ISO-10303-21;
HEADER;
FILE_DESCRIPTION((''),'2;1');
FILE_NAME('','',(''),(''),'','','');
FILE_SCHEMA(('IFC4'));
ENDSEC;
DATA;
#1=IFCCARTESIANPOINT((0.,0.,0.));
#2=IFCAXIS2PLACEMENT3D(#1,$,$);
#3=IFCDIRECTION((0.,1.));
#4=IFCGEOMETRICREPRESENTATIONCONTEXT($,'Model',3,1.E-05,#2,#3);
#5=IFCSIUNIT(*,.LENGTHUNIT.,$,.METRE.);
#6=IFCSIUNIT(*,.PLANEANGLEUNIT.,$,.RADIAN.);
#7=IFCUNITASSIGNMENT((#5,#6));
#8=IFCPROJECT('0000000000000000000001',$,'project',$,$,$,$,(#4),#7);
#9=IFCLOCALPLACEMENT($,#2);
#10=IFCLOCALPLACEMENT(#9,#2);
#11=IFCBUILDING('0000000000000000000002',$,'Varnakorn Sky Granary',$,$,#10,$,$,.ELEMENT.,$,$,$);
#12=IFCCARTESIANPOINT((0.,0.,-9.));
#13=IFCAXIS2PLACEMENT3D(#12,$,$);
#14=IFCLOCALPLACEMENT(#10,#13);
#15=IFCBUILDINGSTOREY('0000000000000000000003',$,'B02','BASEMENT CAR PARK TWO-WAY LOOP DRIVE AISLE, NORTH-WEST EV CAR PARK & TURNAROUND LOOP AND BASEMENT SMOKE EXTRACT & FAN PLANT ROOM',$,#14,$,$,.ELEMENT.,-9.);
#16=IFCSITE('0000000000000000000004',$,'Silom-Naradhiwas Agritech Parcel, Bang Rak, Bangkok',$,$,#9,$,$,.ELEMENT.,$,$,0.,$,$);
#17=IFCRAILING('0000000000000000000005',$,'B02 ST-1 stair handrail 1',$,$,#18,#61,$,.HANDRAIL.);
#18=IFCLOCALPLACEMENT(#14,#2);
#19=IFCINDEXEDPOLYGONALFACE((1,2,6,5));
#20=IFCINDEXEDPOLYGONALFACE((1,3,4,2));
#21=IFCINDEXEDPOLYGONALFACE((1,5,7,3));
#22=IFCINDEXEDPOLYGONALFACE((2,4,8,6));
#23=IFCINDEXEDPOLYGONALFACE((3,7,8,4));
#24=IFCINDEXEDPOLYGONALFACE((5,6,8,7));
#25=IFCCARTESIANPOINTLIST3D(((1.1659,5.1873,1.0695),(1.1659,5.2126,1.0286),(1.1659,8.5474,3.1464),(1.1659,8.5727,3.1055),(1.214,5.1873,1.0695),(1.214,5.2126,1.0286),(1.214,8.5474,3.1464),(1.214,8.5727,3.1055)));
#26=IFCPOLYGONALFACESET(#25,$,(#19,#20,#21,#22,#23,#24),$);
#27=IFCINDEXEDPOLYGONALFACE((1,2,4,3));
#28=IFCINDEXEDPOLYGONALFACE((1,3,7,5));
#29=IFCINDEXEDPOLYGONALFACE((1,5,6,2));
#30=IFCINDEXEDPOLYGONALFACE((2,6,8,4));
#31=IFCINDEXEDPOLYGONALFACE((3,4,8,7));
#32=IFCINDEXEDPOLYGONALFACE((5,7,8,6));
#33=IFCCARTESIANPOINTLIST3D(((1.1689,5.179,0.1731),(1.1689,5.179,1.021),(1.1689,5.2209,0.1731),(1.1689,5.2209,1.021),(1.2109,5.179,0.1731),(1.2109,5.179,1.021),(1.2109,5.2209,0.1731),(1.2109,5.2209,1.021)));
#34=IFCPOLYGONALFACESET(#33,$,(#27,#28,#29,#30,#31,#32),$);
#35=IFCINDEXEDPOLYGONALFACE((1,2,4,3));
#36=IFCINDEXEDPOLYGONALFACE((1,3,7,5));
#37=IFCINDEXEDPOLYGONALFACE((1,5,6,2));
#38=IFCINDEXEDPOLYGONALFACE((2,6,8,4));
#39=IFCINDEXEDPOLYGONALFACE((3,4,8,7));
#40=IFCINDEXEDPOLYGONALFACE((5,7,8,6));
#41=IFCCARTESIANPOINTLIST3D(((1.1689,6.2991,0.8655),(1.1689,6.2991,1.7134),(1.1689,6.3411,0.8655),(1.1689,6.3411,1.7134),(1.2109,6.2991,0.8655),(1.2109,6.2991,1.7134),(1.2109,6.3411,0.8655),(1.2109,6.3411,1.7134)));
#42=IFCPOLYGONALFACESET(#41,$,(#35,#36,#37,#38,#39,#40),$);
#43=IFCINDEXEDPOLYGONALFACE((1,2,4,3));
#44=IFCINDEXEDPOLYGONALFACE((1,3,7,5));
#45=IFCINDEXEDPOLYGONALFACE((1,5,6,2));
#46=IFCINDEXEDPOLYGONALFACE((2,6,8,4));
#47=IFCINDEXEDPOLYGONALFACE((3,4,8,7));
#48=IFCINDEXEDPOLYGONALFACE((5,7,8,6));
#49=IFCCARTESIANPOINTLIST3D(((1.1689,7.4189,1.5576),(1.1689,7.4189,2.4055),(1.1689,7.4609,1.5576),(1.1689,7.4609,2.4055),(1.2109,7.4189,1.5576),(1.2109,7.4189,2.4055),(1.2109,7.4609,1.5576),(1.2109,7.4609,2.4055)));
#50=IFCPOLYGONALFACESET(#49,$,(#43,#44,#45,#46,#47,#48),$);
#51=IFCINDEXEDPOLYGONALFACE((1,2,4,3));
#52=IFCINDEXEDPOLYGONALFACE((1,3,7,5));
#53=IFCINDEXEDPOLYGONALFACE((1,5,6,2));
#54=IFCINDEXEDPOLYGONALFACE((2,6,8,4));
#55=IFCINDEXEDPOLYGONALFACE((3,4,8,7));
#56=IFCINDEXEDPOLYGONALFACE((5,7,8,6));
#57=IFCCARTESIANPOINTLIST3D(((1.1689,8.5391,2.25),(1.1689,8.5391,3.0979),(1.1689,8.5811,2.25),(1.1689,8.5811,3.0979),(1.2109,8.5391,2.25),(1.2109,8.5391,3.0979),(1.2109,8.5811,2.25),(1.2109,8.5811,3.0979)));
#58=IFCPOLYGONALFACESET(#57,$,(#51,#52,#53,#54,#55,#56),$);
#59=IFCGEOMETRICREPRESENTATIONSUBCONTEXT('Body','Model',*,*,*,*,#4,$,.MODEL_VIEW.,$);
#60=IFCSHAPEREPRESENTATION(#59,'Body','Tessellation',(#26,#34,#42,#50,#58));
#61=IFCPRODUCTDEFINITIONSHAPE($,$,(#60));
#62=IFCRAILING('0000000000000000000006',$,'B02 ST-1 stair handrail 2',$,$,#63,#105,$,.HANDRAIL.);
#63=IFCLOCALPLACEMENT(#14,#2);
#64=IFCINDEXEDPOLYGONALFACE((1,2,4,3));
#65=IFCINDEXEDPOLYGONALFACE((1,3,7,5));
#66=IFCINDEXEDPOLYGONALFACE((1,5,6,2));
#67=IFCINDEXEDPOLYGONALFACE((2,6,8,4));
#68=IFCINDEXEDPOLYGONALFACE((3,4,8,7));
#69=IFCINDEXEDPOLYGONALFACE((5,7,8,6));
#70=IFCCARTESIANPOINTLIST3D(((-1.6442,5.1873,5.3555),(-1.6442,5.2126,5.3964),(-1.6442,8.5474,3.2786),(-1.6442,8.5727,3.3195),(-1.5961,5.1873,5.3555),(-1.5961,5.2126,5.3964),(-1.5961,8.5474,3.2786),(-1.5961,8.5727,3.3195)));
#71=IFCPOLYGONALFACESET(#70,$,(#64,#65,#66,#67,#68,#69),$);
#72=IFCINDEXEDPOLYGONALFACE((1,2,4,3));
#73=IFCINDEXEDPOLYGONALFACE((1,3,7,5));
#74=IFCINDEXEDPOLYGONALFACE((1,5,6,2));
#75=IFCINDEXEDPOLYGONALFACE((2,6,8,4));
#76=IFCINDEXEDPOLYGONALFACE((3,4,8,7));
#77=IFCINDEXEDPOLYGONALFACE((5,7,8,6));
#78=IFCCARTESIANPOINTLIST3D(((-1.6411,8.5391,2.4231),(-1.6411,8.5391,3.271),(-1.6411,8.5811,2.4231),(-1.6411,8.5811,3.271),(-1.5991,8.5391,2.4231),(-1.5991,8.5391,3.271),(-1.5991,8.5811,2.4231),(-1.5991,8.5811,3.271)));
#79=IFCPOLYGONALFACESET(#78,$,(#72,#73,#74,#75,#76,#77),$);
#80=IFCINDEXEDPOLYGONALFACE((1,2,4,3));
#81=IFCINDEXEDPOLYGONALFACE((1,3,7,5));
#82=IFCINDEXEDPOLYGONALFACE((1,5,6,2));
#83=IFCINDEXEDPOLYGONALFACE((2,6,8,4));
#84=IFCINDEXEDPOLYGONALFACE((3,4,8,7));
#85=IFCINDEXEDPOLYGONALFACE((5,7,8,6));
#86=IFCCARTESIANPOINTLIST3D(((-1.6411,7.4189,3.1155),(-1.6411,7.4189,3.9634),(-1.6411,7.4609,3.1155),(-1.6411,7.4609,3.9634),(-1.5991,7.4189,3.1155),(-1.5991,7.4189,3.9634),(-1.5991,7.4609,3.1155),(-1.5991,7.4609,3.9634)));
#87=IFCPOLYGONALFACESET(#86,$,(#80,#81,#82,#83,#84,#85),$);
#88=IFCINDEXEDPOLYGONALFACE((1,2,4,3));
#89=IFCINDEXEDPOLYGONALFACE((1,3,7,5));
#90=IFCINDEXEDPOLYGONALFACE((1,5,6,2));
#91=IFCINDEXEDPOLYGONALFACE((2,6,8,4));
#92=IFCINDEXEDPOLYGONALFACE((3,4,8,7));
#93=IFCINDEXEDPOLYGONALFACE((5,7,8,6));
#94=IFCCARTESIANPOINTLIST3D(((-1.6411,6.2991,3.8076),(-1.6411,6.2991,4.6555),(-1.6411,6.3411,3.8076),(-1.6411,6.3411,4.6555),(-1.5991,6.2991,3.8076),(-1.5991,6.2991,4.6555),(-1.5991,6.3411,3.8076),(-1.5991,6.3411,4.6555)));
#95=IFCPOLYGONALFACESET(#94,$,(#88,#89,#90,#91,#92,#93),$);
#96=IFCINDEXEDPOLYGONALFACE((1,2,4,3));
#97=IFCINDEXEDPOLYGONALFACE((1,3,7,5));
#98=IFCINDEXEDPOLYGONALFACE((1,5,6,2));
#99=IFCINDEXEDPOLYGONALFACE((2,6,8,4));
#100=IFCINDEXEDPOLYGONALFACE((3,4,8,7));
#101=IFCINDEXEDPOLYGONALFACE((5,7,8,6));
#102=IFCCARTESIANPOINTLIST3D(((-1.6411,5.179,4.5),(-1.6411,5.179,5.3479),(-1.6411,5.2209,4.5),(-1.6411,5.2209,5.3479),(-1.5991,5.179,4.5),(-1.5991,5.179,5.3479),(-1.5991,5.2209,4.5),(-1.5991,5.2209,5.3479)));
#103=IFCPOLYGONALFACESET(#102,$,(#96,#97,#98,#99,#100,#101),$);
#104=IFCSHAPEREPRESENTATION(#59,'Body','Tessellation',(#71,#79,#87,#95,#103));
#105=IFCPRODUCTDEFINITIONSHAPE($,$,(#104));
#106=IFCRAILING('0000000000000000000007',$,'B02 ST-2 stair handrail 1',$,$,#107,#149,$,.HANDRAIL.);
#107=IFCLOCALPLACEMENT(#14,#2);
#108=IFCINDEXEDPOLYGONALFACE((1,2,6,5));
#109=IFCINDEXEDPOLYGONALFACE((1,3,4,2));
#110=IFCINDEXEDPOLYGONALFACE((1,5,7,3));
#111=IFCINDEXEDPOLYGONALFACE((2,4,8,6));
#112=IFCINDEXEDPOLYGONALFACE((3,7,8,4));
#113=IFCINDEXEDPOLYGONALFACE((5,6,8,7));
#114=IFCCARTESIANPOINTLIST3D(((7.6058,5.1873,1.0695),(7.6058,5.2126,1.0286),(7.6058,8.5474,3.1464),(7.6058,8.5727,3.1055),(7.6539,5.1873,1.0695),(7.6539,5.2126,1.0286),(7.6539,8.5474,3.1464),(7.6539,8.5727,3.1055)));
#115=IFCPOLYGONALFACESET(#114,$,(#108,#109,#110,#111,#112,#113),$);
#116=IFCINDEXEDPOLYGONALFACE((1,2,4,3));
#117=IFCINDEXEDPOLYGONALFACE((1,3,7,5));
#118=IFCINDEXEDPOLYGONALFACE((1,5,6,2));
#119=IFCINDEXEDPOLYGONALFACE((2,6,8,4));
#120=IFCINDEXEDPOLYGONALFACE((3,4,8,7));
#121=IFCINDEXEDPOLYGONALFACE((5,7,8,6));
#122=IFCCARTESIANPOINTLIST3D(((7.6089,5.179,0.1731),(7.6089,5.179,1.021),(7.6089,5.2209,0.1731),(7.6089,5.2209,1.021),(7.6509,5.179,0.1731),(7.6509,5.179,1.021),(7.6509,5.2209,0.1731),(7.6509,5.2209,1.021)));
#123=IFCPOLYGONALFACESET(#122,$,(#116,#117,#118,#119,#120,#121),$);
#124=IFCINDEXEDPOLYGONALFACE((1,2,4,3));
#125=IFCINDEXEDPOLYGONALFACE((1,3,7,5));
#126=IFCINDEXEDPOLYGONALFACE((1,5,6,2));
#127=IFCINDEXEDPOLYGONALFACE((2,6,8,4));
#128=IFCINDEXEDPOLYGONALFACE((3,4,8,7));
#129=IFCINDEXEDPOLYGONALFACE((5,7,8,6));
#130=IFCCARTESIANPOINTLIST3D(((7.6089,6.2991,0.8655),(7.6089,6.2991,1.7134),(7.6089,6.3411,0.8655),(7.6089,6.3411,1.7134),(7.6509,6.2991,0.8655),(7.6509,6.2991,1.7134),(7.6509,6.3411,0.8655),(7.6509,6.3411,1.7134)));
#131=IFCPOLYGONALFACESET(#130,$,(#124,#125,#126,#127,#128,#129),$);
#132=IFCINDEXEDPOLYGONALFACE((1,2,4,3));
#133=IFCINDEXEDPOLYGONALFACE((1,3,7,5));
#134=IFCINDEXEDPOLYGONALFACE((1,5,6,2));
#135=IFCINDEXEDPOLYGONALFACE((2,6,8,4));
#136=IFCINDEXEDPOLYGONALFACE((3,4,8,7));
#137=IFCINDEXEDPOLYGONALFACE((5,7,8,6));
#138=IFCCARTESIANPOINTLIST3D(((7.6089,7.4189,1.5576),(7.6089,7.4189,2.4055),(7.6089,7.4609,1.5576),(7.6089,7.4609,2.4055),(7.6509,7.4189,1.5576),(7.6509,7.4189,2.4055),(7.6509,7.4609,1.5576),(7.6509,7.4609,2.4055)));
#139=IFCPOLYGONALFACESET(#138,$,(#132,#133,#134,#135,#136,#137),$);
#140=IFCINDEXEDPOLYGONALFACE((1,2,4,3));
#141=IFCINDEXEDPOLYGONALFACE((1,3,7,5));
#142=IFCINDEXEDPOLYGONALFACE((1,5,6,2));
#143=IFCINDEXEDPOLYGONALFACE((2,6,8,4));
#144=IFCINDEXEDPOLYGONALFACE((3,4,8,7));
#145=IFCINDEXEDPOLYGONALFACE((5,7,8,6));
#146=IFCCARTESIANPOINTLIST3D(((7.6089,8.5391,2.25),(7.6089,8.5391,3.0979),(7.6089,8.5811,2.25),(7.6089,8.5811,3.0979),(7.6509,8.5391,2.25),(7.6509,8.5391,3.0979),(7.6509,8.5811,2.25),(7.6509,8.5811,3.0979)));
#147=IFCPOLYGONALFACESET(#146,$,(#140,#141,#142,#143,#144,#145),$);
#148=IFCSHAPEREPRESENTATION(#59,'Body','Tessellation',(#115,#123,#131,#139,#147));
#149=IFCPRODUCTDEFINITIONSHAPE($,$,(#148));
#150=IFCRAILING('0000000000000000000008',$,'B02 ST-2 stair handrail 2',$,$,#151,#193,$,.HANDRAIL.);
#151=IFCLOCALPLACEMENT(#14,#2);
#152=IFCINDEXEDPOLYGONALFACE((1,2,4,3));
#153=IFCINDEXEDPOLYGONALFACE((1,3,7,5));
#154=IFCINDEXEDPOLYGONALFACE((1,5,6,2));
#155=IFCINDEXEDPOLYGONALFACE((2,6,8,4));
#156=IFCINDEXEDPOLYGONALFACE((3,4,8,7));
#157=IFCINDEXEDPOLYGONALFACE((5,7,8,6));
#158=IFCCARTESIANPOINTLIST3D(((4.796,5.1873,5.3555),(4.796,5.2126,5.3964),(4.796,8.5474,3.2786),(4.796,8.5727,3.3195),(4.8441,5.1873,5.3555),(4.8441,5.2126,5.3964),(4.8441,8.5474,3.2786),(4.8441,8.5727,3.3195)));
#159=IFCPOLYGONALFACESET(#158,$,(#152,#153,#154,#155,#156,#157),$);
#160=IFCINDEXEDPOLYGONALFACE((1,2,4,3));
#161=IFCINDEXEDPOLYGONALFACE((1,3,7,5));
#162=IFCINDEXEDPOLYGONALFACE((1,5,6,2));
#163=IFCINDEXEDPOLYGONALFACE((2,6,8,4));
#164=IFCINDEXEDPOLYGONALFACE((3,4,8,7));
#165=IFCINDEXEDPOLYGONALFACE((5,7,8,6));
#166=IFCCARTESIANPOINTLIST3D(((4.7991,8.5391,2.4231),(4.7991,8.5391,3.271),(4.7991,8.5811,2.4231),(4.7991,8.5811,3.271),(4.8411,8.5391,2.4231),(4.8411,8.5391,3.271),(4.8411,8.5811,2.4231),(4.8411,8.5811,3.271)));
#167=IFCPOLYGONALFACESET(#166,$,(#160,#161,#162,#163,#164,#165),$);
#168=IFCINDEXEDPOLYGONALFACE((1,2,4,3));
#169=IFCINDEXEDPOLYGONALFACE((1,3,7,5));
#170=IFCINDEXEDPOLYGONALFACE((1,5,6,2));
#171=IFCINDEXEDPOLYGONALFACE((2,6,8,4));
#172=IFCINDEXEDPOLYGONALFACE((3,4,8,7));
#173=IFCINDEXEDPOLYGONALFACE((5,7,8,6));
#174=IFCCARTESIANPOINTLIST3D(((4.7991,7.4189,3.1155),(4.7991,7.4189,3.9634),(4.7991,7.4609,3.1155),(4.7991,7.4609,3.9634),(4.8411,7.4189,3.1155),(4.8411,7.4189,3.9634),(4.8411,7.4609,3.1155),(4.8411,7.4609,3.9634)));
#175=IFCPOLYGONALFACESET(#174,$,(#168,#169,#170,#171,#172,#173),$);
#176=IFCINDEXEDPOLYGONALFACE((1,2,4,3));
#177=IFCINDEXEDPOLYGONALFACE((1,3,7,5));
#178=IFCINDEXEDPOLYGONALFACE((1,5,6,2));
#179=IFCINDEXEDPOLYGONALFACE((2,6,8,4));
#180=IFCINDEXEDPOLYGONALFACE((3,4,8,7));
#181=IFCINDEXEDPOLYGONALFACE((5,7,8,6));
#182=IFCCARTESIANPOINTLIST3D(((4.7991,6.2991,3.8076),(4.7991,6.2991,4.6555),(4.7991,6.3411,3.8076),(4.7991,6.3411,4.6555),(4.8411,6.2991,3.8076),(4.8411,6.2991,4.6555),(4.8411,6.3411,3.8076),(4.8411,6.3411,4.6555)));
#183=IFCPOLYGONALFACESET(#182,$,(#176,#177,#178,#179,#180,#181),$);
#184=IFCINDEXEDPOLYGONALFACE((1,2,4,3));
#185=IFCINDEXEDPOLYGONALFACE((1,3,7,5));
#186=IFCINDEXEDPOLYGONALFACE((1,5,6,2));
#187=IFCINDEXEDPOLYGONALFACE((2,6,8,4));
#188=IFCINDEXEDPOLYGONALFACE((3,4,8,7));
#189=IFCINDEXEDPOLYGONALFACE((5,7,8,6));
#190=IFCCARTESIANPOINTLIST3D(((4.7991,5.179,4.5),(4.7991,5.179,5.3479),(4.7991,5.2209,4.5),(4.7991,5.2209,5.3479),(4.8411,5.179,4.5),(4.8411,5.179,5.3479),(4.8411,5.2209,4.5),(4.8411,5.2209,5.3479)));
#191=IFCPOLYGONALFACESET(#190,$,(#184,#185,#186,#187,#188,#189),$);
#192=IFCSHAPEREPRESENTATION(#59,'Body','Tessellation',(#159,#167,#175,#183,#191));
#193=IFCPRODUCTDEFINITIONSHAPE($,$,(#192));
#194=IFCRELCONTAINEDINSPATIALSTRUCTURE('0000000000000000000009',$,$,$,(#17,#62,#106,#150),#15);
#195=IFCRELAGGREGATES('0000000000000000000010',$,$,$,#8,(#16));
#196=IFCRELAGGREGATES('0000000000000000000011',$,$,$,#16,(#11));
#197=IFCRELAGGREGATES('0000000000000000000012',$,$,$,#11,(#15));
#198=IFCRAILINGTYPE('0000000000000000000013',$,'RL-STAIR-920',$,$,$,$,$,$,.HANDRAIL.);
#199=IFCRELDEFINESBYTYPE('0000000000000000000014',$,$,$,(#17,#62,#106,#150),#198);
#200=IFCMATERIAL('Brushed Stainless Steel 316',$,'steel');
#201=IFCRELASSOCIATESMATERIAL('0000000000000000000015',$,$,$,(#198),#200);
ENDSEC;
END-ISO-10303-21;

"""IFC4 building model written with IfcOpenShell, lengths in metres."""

from ifc_helpers import new_model, si_unit, direction, frame, origin, origin_2d, place, context, subcontext, project, spatial, rectangle, extrude, material, type_object, element, save


model = new_model("IFC4")

# Units and contexts
model_context = context("Model", 3, precision=1e-05, world=origin(), true_north=direction((0.0, 1.0)))
body_context = subcontext(model_context, "Body", "Model", "MODEL_VIEW")
ifc_project = project(units=[si_unit("LENGTHUNIT", "METRE"), si_unit("PLANEANGLEUNIT", "RADIAN")], contexts=[model_context])

# Site, building, storey
site_placement = place(None, origin())
site = spatial("IfcSite", under=ifc_project, at=site_placement, Name="Silom-Naradhiwas Agritech Parcel, Bang Rak, Bangkok", CompositionType="ELEMENT", RefElevation=0.0)
building_placement = place(site_placement, origin())
building = spatial("IfcBuilding", under=site, at=building_placement, Name="Varnakorn Sky Granary", CompositionType="ELEMENT")
storey_placement = place(building_placement, frame((0.0, 0.0, -9.0)))
storey = spatial("IfcBuildingStorey", under=building, at=storey_placement, Name="B02", Description="BASEMENT CAR PARK TWO-WAY LOOP DRIVE AISLE, NORTH-WEST EV CAR PARK & TURNAROUND LOOP AND BASEMENT SMOKE EXTRACT & FAN PLANT ROOM", CompositionType="ELEMENT", Elevation=-9.0)

# Railings
ifc_material_1 = material(Name="Brushed Stainless Steel 316", Category="steel")
railing_type_1 = type_object("IfcRailingType", Name="RL-STAIR-920", PredefinedType="HANDRAIL", material=ifc_material_1)
railing_1_placement = place(storey_placement, frame((1.1899, 5.2, 0.1731)))
element("IfcRailing", 1, at=railing_1_placement, inside=storey, type_object=railing_type_1, Name="B02 ST-1 stair handrail 1", PredefinedType="HANDRAIL", context=body_context, shape_type="SweptSolid", body=[
    extrude(rectangle(XDim=0.0481, YDim=0.0481, at=origin_2d()), frame((0.0, 0.0, 0.876), z_axis=(0.0, 0.850623, 0.525776), x_axis=(-1.0, 0.0, 0.0)), (0.0, 0.0, 1.0), 3.9502),
    extrude(rectangle(XDim=0.042, YDim=0.042, at=origin_2d()), origin(), (0.0, 0.0, 1.0), 0.8479),
    extrude(rectangle(XDim=0.042, YDim=0.042, at=origin_2d()), frame((0.0, 1.1201, 0.6924)), (0.0, 0.0, 1.0), 0.8479),
    extrude(rectangle(XDim=0.042, YDim=0.042, at=origin_2d()), frame((0.0, 2.24, 1.3845)), (0.0, 0.0, 1.0), 0.8479),
    extrude(rectangle(XDim=0.042, YDim=0.042, at=origin_2d()), frame((0.0, 3.3601, 2.0769)), (0.0, 0.0, 1.0), 0.8479),
])
railing_2_placement = place(storey_placement, frame((-1.6201, 8.5601, 2.4231)))
element("IfcRailing", 2, at=railing_2_placement, inside=storey, type_object=railing_type_1, Name="B02 ST-1 stair handrail 2", PredefinedType="HANDRAIL", context=body_context, shape_type="SweptSolid", body=[
    extrude(rectangle(XDim=0.0481, YDim=0.0481, at=origin_2d()), frame((0.0, 0.0, 0.876), z_axis=(0.0, -0.850623, 0.525776), x_axis=(1.0, 0.0, 0.0)), (0.0, 0.0, 1.0), 3.9502),
    extrude(rectangle(XDim=0.042, YDim=0.042, at=origin_2d()), origin(), (0.0, 0.0, 1.0), 0.8479),
    extrude(rectangle(XDim=0.042, YDim=0.042, at=origin_2d()), frame((0.0, -1.1201, 0.6924)), (0.0, 0.0, 1.0), 0.8479),
    extrude(rectangle(XDim=0.042, YDim=0.042, at=origin_2d()), frame((0.0, -2.24, 1.3845)), (0.0, 0.0, 1.0), 0.8479),
    extrude(rectangle(XDim=0.042, YDim=0.042, at=origin_2d()), frame((0.0, -3.3601, 2.0769)), (0.0, 0.0, 1.0), 0.8479),
])
railing_3_placement = place(storey_placement, frame((7.6299, 5.2, 0.1731)))
element("IfcRailing", 3, at=railing_3_placement, inside=storey, type_object=railing_type_1, Name="B02 ST-2 stair handrail 1", PredefinedType="HANDRAIL", context=body_context, shape_type="SweptSolid", body=[
    extrude(rectangle(XDim=0.0481, YDim=0.0481, at=origin_2d()), frame((0.0, 0.0, 0.876), z_axis=(0.0, 0.850623, 0.525776), x_axis=(-1.0, 0.0, 0.0)), (0.0, 0.0, 1.0), 3.9502),
    extrude(rectangle(XDim=0.042, YDim=0.042, at=origin_2d()), origin(), (0.0, 0.0, 1.0), 0.8479),
    extrude(rectangle(XDim=0.042, YDim=0.042, at=origin_2d()), frame((0.0, 1.1201, 0.6924)), (0.0, 0.0, 1.0), 0.8479),
    extrude(rectangle(XDim=0.042, YDim=0.042, at=origin_2d()), frame((0.0, 2.24, 1.3845)), (0.0, 0.0, 1.0), 0.8479),
    extrude(rectangle(XDim=0.042, YDim=0.042, at=origin_2d()), frame((0.0, 3.3601, 2.0769)), (0.0, 0.0, 1.0), 0.8479),
])
railing_4_placement = place(storey_placement, frame((4.8201, 8.5601, 2.4231)))
element("IfcRailing", 4, at=railing_4_placement, inside=storey, type_object=railing_type_1, Name="B02 ST-2 stair handrail 2", PredefinedType="HANDRAIL", context=body_context, shape_type="SweptSolid", body=[
    extrude(rectangle(XDim=0.0481, YDim=0.0481, at=origin_2d()), frame((0.0, 0.0, 0.876), z_axis=(0.0, -0.850623, 0.525776), x_axis=(1.0, 0.0, 0.0)), (0.0, 0.0, 1.0), 3.9502),
    extrude(rectangle(XDim=0.042, YDim=0.042, at=origin_2d()), origin(), (0.0, 0.0, 1.0), 0.8479),
    extrude(rectangle(XDim=0.042, YDim=0.042, at=origin_2d()), frame((0.0, -1.1201, 0.6924)), (0.0, 0.0, 1.0), 0.8479),
    extrude(rectangle(XDim=0.042, YDim=0.042, at=origin_2d()), frame((0.0, -2.24, 1.3845)), (0.0, 0.0, 1.0), 0.8479),
    extrude(rectangle(XDim=0.042, YDim=0.042, at=origin_2d()), frame((0.0, -3.3601, 2.0769)), (0.0, 0.0, 1.0), 0.8479),
])

save(model, "model.ifc")
